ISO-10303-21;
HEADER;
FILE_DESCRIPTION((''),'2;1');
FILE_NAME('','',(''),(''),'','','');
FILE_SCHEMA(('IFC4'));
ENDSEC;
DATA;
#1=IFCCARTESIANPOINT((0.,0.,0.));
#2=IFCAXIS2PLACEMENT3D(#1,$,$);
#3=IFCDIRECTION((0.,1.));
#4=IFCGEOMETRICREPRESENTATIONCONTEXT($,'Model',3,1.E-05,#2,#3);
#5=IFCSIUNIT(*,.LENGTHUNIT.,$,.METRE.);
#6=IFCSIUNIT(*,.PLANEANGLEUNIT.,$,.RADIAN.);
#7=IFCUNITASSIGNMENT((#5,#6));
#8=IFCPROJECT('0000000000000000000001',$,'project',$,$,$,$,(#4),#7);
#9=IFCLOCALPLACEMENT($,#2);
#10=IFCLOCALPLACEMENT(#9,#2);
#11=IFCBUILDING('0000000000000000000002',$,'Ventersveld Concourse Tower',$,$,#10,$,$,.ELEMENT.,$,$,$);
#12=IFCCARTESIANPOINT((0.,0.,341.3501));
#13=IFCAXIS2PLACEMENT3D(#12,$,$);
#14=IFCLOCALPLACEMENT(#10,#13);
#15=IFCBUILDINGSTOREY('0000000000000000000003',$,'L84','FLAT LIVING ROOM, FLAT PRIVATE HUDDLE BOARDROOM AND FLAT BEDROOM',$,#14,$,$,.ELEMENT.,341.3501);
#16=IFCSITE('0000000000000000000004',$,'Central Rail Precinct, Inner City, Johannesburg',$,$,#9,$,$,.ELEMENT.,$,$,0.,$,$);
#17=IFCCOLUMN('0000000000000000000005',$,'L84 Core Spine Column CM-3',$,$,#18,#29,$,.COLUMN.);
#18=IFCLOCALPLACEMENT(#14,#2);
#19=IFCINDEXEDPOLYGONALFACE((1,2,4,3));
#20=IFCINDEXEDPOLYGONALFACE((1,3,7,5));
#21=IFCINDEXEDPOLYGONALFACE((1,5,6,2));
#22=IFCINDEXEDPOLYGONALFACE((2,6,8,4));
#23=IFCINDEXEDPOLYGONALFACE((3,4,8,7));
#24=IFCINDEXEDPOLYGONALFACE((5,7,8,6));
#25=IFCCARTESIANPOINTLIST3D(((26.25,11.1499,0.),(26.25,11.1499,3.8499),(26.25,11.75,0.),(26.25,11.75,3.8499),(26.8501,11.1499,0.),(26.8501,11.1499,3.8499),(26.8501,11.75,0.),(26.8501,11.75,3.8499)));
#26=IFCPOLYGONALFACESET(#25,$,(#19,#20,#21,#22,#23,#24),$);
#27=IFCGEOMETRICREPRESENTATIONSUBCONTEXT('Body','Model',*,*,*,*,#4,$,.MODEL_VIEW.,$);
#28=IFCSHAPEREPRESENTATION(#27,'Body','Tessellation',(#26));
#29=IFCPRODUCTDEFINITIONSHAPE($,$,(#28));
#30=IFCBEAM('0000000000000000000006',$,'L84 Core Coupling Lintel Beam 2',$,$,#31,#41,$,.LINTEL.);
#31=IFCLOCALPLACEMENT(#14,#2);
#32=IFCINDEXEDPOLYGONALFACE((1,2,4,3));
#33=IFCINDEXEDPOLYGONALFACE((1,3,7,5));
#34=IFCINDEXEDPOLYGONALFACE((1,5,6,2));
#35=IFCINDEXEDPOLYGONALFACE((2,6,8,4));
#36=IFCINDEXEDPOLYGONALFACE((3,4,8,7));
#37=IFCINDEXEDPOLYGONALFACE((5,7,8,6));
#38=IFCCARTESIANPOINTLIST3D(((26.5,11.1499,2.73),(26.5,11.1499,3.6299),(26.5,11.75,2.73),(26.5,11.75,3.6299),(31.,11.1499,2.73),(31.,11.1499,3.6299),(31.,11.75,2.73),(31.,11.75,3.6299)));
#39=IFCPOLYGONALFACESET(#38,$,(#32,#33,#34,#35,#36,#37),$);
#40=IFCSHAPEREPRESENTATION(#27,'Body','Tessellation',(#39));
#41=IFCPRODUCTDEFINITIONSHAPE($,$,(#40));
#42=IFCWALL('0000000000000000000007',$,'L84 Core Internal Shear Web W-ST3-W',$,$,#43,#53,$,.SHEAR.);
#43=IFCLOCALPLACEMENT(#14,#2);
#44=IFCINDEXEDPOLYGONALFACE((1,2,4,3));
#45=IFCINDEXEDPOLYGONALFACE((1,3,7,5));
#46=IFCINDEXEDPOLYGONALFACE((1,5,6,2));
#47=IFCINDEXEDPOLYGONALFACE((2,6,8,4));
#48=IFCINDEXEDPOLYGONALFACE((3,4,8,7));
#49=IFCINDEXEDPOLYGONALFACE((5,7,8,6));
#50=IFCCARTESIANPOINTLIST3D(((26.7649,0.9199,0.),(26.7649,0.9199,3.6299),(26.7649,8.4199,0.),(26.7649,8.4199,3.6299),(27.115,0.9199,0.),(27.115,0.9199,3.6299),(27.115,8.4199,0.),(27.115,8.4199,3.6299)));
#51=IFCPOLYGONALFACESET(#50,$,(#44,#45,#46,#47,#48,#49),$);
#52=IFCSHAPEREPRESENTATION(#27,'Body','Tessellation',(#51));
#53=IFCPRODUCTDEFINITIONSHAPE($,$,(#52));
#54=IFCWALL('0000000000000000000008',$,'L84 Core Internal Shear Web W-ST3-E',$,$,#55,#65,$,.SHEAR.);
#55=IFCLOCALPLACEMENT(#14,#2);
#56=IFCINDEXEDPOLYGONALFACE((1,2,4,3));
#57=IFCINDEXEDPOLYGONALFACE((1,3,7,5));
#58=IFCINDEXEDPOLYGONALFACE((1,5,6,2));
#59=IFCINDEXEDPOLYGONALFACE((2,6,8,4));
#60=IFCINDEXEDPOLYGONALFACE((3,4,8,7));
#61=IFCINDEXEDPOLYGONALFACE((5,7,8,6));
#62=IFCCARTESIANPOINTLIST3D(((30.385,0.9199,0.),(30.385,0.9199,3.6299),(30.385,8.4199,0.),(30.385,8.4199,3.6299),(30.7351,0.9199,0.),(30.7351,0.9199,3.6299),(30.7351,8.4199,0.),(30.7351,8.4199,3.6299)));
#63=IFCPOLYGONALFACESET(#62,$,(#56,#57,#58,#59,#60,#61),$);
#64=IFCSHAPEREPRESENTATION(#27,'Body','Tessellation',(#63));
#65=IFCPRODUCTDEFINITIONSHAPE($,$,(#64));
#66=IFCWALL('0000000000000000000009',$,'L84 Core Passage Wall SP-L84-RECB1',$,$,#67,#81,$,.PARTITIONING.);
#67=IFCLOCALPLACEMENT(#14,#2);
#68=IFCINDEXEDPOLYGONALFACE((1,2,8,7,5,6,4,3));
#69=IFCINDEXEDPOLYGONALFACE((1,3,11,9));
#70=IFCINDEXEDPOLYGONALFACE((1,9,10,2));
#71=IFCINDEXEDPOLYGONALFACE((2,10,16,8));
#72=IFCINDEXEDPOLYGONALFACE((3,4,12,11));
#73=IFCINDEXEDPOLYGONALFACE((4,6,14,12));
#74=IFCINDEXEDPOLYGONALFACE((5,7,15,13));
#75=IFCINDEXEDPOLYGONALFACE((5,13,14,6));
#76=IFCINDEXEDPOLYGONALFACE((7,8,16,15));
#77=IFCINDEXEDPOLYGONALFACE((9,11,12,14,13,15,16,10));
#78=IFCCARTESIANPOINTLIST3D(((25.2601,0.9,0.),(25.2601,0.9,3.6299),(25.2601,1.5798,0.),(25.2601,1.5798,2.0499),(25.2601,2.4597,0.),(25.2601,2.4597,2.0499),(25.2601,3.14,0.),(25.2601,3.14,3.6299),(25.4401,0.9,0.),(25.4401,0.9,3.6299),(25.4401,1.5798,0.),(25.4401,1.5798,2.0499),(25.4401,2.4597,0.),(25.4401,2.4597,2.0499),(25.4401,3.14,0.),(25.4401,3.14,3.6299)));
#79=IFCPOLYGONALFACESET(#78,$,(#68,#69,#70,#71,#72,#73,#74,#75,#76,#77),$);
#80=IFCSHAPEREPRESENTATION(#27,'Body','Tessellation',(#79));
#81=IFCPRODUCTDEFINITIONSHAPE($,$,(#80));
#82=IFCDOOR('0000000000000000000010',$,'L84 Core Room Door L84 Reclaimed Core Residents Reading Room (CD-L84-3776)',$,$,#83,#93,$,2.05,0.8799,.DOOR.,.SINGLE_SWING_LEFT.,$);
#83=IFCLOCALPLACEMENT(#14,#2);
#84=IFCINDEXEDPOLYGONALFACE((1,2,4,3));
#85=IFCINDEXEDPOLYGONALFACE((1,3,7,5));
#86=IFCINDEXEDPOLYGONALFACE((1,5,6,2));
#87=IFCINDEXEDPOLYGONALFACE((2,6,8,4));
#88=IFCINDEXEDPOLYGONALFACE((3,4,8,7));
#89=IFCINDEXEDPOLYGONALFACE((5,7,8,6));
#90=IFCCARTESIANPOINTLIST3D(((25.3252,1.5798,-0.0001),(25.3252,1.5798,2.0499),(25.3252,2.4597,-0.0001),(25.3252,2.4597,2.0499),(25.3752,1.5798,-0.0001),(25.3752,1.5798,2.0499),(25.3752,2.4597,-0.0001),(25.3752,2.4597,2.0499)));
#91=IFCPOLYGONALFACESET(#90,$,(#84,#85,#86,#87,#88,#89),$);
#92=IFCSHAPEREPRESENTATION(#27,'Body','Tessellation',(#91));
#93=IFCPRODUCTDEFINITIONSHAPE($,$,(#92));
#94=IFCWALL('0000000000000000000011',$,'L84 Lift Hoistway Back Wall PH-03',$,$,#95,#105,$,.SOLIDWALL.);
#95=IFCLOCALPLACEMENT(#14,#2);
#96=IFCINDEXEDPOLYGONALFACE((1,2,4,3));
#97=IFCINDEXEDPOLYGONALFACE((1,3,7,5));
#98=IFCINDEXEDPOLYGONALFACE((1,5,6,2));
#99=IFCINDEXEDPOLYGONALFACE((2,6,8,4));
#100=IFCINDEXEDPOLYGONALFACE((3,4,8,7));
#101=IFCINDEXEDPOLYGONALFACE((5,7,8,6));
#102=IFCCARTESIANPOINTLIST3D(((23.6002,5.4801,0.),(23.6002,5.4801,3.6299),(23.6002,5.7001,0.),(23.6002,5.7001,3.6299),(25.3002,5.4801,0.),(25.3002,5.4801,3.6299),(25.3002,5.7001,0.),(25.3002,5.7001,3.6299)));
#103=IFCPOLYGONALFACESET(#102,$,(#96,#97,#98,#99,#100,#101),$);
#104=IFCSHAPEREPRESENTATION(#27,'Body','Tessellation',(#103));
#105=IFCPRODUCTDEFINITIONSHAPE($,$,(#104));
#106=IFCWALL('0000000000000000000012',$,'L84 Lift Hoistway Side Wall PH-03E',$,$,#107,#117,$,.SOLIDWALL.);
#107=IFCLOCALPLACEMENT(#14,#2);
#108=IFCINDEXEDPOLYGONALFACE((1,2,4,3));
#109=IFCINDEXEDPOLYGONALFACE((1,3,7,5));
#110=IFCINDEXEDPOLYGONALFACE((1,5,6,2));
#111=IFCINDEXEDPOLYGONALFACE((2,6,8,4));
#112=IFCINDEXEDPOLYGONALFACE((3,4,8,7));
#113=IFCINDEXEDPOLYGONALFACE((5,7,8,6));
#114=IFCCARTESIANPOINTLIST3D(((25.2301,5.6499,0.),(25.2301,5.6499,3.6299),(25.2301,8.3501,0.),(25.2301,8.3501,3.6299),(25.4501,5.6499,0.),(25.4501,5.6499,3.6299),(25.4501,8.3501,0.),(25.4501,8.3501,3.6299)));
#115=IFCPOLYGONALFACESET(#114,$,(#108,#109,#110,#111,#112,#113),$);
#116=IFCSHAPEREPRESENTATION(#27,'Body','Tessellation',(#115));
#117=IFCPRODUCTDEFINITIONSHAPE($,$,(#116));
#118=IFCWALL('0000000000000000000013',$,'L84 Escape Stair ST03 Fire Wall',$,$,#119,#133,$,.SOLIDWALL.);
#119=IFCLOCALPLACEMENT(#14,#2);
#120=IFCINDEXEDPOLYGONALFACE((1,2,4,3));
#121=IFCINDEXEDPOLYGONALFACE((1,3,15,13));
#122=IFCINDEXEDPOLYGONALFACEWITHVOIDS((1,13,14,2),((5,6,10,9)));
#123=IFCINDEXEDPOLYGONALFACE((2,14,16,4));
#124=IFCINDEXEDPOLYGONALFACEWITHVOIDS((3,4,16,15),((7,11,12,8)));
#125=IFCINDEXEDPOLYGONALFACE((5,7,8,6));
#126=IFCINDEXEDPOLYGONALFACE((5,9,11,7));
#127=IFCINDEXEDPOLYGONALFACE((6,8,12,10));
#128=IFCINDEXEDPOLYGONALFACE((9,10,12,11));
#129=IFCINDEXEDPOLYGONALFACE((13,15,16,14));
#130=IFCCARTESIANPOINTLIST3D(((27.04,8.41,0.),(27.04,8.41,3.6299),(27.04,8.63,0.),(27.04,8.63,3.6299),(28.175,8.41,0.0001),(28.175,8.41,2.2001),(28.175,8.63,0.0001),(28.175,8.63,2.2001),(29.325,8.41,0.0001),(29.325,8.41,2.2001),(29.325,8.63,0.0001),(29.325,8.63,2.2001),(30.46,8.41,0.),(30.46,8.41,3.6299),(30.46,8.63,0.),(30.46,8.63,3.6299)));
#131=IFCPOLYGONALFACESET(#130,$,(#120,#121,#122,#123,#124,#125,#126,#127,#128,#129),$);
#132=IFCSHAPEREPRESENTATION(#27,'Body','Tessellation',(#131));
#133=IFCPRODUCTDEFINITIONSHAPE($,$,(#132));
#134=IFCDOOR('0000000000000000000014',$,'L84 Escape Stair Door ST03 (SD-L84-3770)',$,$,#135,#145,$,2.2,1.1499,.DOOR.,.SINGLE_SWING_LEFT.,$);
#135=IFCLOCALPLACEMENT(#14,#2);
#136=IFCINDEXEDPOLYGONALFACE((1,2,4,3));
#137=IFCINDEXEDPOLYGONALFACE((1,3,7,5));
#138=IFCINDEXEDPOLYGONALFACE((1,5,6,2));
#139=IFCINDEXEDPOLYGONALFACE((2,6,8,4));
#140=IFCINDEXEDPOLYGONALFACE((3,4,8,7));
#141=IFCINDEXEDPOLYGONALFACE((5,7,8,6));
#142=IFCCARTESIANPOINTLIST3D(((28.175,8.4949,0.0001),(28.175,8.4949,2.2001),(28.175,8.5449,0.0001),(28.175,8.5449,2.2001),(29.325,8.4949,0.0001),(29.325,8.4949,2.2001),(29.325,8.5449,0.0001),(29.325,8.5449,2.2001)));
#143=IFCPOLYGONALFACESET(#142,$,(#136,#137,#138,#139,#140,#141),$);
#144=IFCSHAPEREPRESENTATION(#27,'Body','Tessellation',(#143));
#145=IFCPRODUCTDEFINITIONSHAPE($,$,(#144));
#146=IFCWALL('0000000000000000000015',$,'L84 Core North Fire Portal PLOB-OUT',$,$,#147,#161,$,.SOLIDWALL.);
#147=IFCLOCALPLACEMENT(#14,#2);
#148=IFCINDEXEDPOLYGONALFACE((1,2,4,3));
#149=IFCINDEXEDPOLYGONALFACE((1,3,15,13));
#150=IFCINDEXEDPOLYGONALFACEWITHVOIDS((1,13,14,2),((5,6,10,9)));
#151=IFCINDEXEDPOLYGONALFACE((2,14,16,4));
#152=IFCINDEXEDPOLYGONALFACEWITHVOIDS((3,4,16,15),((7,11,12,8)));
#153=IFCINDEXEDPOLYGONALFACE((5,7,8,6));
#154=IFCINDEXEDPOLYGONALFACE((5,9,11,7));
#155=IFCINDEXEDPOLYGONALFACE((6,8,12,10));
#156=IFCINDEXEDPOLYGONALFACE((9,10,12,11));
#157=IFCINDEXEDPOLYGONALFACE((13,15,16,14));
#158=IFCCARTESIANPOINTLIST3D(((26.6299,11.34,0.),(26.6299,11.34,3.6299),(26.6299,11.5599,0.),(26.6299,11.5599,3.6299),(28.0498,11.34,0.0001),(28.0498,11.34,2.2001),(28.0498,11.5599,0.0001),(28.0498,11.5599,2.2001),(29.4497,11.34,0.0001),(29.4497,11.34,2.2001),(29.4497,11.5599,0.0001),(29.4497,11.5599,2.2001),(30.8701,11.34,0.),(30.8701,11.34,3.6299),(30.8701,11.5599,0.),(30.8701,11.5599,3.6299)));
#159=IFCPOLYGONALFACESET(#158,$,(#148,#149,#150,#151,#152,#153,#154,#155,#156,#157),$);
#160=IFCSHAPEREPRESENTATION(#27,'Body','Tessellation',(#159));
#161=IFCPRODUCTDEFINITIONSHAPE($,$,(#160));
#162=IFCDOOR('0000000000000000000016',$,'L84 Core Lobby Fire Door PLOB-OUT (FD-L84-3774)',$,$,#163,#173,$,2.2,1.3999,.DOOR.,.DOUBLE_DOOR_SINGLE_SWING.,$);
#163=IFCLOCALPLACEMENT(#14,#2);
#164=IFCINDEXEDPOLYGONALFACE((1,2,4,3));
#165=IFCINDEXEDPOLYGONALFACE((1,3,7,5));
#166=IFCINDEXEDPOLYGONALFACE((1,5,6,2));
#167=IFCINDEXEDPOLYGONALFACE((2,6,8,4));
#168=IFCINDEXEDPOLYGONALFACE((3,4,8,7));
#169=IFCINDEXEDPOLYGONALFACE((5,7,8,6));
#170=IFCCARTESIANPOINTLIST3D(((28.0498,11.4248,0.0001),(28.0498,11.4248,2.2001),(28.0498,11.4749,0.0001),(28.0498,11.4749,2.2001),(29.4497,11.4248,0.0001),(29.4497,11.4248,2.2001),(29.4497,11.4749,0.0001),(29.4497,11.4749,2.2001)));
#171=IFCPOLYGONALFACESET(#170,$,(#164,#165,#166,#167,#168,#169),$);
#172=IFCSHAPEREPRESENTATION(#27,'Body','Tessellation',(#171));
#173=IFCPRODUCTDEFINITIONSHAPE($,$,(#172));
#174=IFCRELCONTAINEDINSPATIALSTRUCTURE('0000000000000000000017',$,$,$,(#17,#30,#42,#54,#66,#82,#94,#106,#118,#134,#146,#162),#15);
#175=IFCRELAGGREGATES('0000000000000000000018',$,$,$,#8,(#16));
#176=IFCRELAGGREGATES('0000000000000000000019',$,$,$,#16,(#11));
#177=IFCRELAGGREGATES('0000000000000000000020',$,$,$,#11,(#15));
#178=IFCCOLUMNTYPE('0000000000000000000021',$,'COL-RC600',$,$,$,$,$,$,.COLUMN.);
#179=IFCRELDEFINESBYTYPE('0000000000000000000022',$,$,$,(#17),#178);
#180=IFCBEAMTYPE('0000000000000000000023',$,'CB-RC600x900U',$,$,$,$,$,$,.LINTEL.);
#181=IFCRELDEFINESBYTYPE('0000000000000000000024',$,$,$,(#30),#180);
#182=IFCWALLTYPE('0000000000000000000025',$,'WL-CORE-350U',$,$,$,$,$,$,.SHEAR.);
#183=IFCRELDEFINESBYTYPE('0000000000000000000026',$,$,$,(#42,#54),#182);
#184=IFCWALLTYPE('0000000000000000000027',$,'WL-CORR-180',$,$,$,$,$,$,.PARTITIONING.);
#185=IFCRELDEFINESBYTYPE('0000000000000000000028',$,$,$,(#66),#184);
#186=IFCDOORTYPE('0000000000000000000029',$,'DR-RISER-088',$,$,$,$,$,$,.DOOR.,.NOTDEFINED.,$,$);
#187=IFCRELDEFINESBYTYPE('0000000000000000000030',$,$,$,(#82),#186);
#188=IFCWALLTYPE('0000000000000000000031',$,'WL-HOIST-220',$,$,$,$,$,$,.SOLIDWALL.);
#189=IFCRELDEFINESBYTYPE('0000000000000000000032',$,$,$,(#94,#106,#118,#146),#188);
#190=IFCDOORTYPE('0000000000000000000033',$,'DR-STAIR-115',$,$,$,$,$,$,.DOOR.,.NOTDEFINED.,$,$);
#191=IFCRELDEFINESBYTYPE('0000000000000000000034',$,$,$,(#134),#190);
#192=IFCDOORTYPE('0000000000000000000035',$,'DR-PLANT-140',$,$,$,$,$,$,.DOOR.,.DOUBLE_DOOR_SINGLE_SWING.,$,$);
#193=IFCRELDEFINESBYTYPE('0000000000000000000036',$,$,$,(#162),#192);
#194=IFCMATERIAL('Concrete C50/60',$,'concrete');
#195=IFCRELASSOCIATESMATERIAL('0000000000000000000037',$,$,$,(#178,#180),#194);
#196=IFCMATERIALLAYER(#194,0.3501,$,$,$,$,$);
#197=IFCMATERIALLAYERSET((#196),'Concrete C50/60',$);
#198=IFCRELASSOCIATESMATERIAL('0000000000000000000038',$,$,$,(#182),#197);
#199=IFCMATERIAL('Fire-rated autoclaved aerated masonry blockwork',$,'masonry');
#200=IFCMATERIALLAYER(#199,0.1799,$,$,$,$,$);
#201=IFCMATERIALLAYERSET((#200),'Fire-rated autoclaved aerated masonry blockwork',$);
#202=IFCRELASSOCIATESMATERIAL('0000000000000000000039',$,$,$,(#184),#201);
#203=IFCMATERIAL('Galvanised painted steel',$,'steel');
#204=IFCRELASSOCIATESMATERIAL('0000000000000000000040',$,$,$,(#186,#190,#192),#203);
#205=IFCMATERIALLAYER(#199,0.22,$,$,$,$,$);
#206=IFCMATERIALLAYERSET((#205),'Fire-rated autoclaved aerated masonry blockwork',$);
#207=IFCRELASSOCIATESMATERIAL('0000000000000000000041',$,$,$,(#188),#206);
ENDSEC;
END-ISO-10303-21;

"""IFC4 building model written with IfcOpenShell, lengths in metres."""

from ifc_helpers import new_model, si_unit, direction, frame, frame_2d, origin, origin_2d, place, context, subcontext, project, spatial, rectangle, extrude, material, layer, layer_set, material_profile, profile_set, type_object, element, fill, save


model = new_model("IFC4")

# Units and contexts
model_context = context("Model", 3, precision=1e-05, world=origin(), true_north=direction((0.0, 1.0)))
body_context = subcontext(model_context, "Body", "Model", "MODEL_VIEW")
ifc_project = project(units=[si_unit("LENGTHUNIT", "METRE"), si_unit("PLANEANGLEUNIT", "RADIAN")], contexts=[model_context])

# Site, building, storey
site_placement = place(None, origin())
site = spatial("IfcSite", under=ifc_project, at=site_placement, Name="Central Rail Precinct, Inner City, Johannesburg", CompositionType="ELEMENT", RefElevation=0.0)
building_placement = place(site_placement, origin())
building = spatial("IfcBuilding", under=site, at=building_placement, Name="Ventersveld Concourse Tower", CompositionType="ELEMENT")
storey_placement = place(building_placement, frame((0.0, 0.0, 341.3501)))
storey = spatial("IfcBuildingStorey", under=building, at=storey_placement, Name="L84", Description="FLAT LIVING ROOM, FLAT PRIVATE HUDDLE BOARDROOM AND FLAT BEDROOM", CompositionType="ELEMENT", Elevation=341.3501)

# Column
ifc_material_1 = material(Name="Concrete C50/60", Category="concrete")
ifc_material_profile_1 = material_profile(ifc_material_1, rectangle(XDim=0.6001, YDim=0.6001, at=origin_2d()), Name="RC 600x600")
ifc_profile_set_1 = profile_set([ifc_material_profile_1], Name="Concrete C50/60")
column_type = type_object("IfcColumnType", Name="COL-RC600", PredefinedType="COLUMN", material=ifc_profile_set_1)
column_placement = place(storey_placement, frame((26.55, 11.45, 0.0), z_axis=(0.0, 0.0, 1.0), x_axis=(1.0, 0.0, 0.0)))
element("IfcColumn", 1, at=column_placement, inside=storey, type_object=column_type, Name="L84 Core Spine Column CM-3", PredefinedType="COLUMN", context=body_context, shape_type="SweptSolid", body=[
    extrude(rectangle(XDim=0.6001, YDim=0.6001, at=origin_2d()), origin(), (0.0, 0.0, 1.0), 3.8499),
])

# Beam
ifc_material_profile_2 = material_profile(ifc_material_1, rectangle(XDim=0.6001, YDim=0.8999, at=origin_2d()), Name="RC 600x900")
ifc_profile_set_2 = profile_set([ifc_material_profile_2], Name="Concrete C50/60")
beam_type = type_object("IfcBeamType", Name="CB-RC600x900U", PredefinedType="LINTEL", material=ifc_profile_set_2)
beam_placement = place(storey_placement, frame((26.5, 11.45, 3.1799), z_axis=(1.0, 0.0, 0.0), x_axis=(0.0, 1.0, 0.0)))
element("IfcBeam", 2, at=beam_placement, inside=storey, type_object=beam_type, Name="L84 Core Coupling Lintel Beam 2", PredefinedType="LINTEL", context=body_context, shape_type="SweptSolid", body=[
    extrude(rectangle(XDim=0.6001, YDim=0.8999, at=origin_2d()), origin(), (0.0, 0.0, 1.0), 4.5),
])

# Walls
ifc_layer_1 = layer(ifc_material_1, 0.3501)
ifc_layer_set_1 = layer_set([ifc_layer_1], Name="Concrete C50/60")
wall_type_1 = type_object("IfcWallType", Name="WL-CORE-350U", PredefinedType="SHEAR", material=ifc_layer_set_1)
for number, where, z_axis, x_axis, name in (
    (3, (26.9399, 0.9199, 0.0), (0.0, 0.0, 1.0), (0.0, 1.0, 0.0), "L84 Core Internal Shear Web W-ST3-W"),
    (4, (30.5601, 0.9199, 0.0), (0.0, 0.0, 1.0), (0.0, 1.0, 0.0), "L84 Core Internal Shear Web W-ST3-E"),
):
    element("IfcWall", number, at=place(storey_placement, frame(where, z_axis=z_axis, x_axis=x_axis)), inside=storey, type_object=wall_type_1, Name=name, PredefinedType="SHEAR", context=body_context, shape_type="SweptSolid", body=[
        extrude(rectangle(XDim=7.5, YDim=0.3501, at=frame_2d((3.75, 0.0))), origin(), (0.0, 0.0, 1.0), 3.6299),
    ])

# Wall, opening, door
ifc_material_2 = material(Name="Fire-rated autoclaved aerated masonry blockwork", Category="masonry")
ifc_layer_2 = layer(ifc_material_2, 0.1799)
ifc_layer_set_2 = layer_set([ifc_layer_2], Name="Fire-rated autoclaved aerated masonry blockwork")
wall_type_2 = type_object("IfcWallType", Name="WL-CORR-180", PredefinedType="PARTITIONING", material=ifc_layer_set_2)
wall_1_placement = place(storey_placement, frame((25.3501, 0.8999, 0.0), z_axis=(0.0, 0.0, 1.0), x_axis=(0.0, 1.0, 0.0)))
wall_1 = element("IfcWall", 5, at=wall_1_placement, inside=storey, type_object=wall_type_2, Name="L84 Core Passage Wall SP-L84-RECB1", PredefinedType="PARTITIONING", context=body_context, shape_type="SweptSolid", body=[
    extrude(rectangle(XDim=2.24, YDim=0.1799, at=frame_2d((1.1201, 0.0))), origin(), (0.0, 0.0, 1.0), 3.6299),
])
opening_1_placement = place(wall_1_placement, frame((0.6799, 0.0, 0.0)))
opening_1 = element("IfcOpeningElement", 6, at=opening_1_placement, cuts=wall_1, PredefinedType="OPENING", context=body_context, shape_type="SweptSolid", body=[
    extrude(rectangle(XDim=0.8799, YDim=2.05, at=frame_2d((0.4399, 1.0249))), frame((0.0, 0.1001, 0.0), z_axis=(0.0, -1.0, 0.0), x_axis=(1.0, 0.0, 0.0)), (0.0, 0.0, 1.0), 0.2),
])
ifc_material_3 = material(Name="Galvanised painted steel", Category="steel")
door_type_1 = type_object("IfcDoorType", Name="DR-RISER-088", OperationType="NOTDEFINED", PredefinedType="DOOR", material=ifc_material_3)
door_1_placement = place(opening_1_placement, origin())
door_1 = element("IfcDoor", 7, at=door_1_placement, inside=storey, type_object=door_type_1, Name="L84 Core Room Door L84 Reclaimed Core Residents Reading Room (CD-L84-3776)", OperationType="SINGLE_SWING_LEFT", OverallHeight=2.05, OverallWidth=0.8799, PredefinedType="DOOR", context=body_context, shape_type="SweptSolid", body=[
    extrude(rectangle(XDim=0.8799, YDim=2.05, at=frame_2d((0.4399, 1.0249))), frame((0.0, 0.0249, 0.0), z_axis=(0.0, -1.0, 0.0), x_axis=(1.0, 0.0, 0.0)), (0.0, 0.0, 1.0), 0.05),
])
fill(opening_1, door_1)

# Walls
ifc_layer_3 = layer(ifc_material_2, 0.22)
ifc_layer_set_3 = layer_set([ifc_layer_3], Name="Fire-rated autoclaved aerated masonry blockwork")
wall_type_3 = type_object("IfcWallType", Name="WL-HOIST-220", PredefinedType="SOLIDWALL", material=ifc_layer_set_3)
wall_2_placement = place(storey_placement, frame((23.6001, 5.5901, 0.0), z_axis=(0.0, 0.0, 1.0), x_axis=(1.0, 0.0, 0.0)))
element("IfcWall", 8, at=wall_2_placement, inside=storey, type_object=wall_type_3, Name="L84 Lift Hoistway Back Wall PH-03", PredefinedType="SOLIDWALL", context=body_context, shape_type="SweptSolid", body=[
    extrude(rectangle(XDim=1.7, YDim=0.22, at=frame_2d((0.8501, 0.0))), origin(), (0.0, 0.0, 1.0), 3.6299),
])
wall_3_placement = place(storey_placement, frame((25.3401, 5.6499, 0.0), z_axis=(0.0, 0.0, 1.0), x_axis=(0.0, 1.0, 0.0)))
element("IfcWall", 9, at=wall_3_placement, inside=storey, type_object=wall_type_3, Name="L84 Lift Hoistway Side Wall PH-03E", PredefinedType="SOLIDWALL", context=body_context, shape_type="SweptSolid", body=[
    extrude(rectangle(XDim=2.7002, YDim=0.22, at=frame_2d((1.3501, 0.0))), origin(), (0.0, 0.0, 1.0), 3.6299),
])

# Walls, openings, doors
wall_4_placement = place(storey_placement, frame((27.04, 8.52, 0.0), z_axis=(0.0, 0.0, 1.0), x_axis=(1.0, 0.0, 0.0)))
wall_4 = element("IfcWall", 10, at=wall_4_placement, inside=storey, type_object=wall_type_3, Name="L84 Escape Stair ST03 Fire Wall", PredefinedType="SOLIDWALL", context=body_context, shape_type="SweptSolid", body=[
    extrude(rectangle(XDim=3.4199, YDim=0.22, at=frame_2d((1.71, 0.0))), origin(), (0.0, 0.0, 1.0), 3.6299),
])
opening_2_placement = place(wall_4_placement, frame((1.135, 0.0, 0.0)))
opening_2 = element("IfcOpeningElement", 11, at=opening_2_placement, cuts=wall_4, PredefinedType="OPENING", context=body_context, shape_type="SweptSolid", body=[
    extrude(rectangle(XDim=1.1499, YDim=2.2, at=frame_2d((0.575, 1.1001))), frame((0.0, 0.1201, 0.0), z_axis=(0.0, -1.0, 0.0), x_axis=(1.0, 0.0, 0.0)), (0.0, 0.0, 1.0), 0.24),
])
door_type_2 = type_object("IfcDoorType", Name="DR-STAIR-115", OperationType="NOTDEFINED", PredefinedType="DOOR", material=ifc_material_3)
door_2_placement = place(opening_2_placement, origin())
door_2 = element("IfcDoor", 12, at=door_2_placement, inside=storey, type_object=door_type_2, Name="L84 Escape Stair Door ST03 (SD-L84-3770)", OperationType="SINGLE_SWING_LEFT", OverallHeight=2.2, OverallWidth=1.1499, PredefinedType="DOOR", context=body_context, shape_type="SweptSolid", body=[
    extrude(rectangle(XDim=1.1499, YDim=2.2, at=frame_2d((0.575, 1.1001))), frame((0.0, 0.0249, 0.0), z_axis=(0.0, -1.0, 0.0), x_axis=(1.0, 0.0, 0.0)), (0.0, 0.0, 1.0), 0.05),
])
fill(opening_2, door_2)
wall_5_placement = place(storey_placement, frame((26.6299, 11.45, 0.0), z_axis=(0.0, 0.0, 1.0), x_axis=(1.0, 0.0, 0.0)))
wall_5 = element("IfcWall", 13, at=wall_5_placement, inside=storey, type_object=wall_type_3, Name="L84 Core North Fire Portal PLOB-OUT", PredefinedType="SOLIDWALL", context=body_context, shape_type="SweptSolid", body=[
    extrude(rectangle(XDim=4.2402, YDim=0.22, at=frame_2d((2.1201, 0.0))), origin(), (0.0, 0.0, 1.0), 3.6299),
])
opening_3_placement = place(wall_5_placement, frame((1.4199, 0.0, 0.0)))
opening_3 = element("IfcOpeningElement", 14, at=opening_3_placement, cuts=wall_5, PredefinedType="OPENING", context=body_context, shape_type="SweptSolid", body=[
    extrude(rectangle(XDim=1.3999, YDim=2.2, at=frame_2d((0.7, 1.1001))), frame((0.0, 0.1201, 0.0), z_axis=(0.0, -1.0, 0.0), x_axis=(1.0, 0.0, 0.0)), (0.0, 0.0, 1.0), 0.24),
])
door_type_3 = type_object("IfcDoorType", Name="DR-PLANT-140", OperationType="DOUBLE_DOOR_SINGLE_SWING", PredefinedType="DOOR", material=ifc_material_3)
door_3_placement = place(opening_3_placement, origin())
door_3 = element("IfcDoor", 15, at=door_3_placement, inside=storey, type_object=door_type_3, Name="L84 Core Lobby Fire Door PLOB-OUT (FD-L84-3774)", OperationType="DOUBLE_DOOR_SINGLE_SWING", OverallHeight=2.2, OverallWidth=1.3999, PredefinedType="DOOR", context=body_context, shape_type="SweptSolid", body=[
    extrude(rectangle(XDim=1.3999, YDim=2.2, at=frame_2d((0.7, 1.1001))), frame((0.0, 0.0249, 0.0), z_axis=(0.0, -1.0, 0.0), x_axis=(1.0, 0.0, 0.0)), (0.0, 0.0, 1.0), 0.05),
])
fill(opening_3, door_3)

save(model, "model.ifc")
